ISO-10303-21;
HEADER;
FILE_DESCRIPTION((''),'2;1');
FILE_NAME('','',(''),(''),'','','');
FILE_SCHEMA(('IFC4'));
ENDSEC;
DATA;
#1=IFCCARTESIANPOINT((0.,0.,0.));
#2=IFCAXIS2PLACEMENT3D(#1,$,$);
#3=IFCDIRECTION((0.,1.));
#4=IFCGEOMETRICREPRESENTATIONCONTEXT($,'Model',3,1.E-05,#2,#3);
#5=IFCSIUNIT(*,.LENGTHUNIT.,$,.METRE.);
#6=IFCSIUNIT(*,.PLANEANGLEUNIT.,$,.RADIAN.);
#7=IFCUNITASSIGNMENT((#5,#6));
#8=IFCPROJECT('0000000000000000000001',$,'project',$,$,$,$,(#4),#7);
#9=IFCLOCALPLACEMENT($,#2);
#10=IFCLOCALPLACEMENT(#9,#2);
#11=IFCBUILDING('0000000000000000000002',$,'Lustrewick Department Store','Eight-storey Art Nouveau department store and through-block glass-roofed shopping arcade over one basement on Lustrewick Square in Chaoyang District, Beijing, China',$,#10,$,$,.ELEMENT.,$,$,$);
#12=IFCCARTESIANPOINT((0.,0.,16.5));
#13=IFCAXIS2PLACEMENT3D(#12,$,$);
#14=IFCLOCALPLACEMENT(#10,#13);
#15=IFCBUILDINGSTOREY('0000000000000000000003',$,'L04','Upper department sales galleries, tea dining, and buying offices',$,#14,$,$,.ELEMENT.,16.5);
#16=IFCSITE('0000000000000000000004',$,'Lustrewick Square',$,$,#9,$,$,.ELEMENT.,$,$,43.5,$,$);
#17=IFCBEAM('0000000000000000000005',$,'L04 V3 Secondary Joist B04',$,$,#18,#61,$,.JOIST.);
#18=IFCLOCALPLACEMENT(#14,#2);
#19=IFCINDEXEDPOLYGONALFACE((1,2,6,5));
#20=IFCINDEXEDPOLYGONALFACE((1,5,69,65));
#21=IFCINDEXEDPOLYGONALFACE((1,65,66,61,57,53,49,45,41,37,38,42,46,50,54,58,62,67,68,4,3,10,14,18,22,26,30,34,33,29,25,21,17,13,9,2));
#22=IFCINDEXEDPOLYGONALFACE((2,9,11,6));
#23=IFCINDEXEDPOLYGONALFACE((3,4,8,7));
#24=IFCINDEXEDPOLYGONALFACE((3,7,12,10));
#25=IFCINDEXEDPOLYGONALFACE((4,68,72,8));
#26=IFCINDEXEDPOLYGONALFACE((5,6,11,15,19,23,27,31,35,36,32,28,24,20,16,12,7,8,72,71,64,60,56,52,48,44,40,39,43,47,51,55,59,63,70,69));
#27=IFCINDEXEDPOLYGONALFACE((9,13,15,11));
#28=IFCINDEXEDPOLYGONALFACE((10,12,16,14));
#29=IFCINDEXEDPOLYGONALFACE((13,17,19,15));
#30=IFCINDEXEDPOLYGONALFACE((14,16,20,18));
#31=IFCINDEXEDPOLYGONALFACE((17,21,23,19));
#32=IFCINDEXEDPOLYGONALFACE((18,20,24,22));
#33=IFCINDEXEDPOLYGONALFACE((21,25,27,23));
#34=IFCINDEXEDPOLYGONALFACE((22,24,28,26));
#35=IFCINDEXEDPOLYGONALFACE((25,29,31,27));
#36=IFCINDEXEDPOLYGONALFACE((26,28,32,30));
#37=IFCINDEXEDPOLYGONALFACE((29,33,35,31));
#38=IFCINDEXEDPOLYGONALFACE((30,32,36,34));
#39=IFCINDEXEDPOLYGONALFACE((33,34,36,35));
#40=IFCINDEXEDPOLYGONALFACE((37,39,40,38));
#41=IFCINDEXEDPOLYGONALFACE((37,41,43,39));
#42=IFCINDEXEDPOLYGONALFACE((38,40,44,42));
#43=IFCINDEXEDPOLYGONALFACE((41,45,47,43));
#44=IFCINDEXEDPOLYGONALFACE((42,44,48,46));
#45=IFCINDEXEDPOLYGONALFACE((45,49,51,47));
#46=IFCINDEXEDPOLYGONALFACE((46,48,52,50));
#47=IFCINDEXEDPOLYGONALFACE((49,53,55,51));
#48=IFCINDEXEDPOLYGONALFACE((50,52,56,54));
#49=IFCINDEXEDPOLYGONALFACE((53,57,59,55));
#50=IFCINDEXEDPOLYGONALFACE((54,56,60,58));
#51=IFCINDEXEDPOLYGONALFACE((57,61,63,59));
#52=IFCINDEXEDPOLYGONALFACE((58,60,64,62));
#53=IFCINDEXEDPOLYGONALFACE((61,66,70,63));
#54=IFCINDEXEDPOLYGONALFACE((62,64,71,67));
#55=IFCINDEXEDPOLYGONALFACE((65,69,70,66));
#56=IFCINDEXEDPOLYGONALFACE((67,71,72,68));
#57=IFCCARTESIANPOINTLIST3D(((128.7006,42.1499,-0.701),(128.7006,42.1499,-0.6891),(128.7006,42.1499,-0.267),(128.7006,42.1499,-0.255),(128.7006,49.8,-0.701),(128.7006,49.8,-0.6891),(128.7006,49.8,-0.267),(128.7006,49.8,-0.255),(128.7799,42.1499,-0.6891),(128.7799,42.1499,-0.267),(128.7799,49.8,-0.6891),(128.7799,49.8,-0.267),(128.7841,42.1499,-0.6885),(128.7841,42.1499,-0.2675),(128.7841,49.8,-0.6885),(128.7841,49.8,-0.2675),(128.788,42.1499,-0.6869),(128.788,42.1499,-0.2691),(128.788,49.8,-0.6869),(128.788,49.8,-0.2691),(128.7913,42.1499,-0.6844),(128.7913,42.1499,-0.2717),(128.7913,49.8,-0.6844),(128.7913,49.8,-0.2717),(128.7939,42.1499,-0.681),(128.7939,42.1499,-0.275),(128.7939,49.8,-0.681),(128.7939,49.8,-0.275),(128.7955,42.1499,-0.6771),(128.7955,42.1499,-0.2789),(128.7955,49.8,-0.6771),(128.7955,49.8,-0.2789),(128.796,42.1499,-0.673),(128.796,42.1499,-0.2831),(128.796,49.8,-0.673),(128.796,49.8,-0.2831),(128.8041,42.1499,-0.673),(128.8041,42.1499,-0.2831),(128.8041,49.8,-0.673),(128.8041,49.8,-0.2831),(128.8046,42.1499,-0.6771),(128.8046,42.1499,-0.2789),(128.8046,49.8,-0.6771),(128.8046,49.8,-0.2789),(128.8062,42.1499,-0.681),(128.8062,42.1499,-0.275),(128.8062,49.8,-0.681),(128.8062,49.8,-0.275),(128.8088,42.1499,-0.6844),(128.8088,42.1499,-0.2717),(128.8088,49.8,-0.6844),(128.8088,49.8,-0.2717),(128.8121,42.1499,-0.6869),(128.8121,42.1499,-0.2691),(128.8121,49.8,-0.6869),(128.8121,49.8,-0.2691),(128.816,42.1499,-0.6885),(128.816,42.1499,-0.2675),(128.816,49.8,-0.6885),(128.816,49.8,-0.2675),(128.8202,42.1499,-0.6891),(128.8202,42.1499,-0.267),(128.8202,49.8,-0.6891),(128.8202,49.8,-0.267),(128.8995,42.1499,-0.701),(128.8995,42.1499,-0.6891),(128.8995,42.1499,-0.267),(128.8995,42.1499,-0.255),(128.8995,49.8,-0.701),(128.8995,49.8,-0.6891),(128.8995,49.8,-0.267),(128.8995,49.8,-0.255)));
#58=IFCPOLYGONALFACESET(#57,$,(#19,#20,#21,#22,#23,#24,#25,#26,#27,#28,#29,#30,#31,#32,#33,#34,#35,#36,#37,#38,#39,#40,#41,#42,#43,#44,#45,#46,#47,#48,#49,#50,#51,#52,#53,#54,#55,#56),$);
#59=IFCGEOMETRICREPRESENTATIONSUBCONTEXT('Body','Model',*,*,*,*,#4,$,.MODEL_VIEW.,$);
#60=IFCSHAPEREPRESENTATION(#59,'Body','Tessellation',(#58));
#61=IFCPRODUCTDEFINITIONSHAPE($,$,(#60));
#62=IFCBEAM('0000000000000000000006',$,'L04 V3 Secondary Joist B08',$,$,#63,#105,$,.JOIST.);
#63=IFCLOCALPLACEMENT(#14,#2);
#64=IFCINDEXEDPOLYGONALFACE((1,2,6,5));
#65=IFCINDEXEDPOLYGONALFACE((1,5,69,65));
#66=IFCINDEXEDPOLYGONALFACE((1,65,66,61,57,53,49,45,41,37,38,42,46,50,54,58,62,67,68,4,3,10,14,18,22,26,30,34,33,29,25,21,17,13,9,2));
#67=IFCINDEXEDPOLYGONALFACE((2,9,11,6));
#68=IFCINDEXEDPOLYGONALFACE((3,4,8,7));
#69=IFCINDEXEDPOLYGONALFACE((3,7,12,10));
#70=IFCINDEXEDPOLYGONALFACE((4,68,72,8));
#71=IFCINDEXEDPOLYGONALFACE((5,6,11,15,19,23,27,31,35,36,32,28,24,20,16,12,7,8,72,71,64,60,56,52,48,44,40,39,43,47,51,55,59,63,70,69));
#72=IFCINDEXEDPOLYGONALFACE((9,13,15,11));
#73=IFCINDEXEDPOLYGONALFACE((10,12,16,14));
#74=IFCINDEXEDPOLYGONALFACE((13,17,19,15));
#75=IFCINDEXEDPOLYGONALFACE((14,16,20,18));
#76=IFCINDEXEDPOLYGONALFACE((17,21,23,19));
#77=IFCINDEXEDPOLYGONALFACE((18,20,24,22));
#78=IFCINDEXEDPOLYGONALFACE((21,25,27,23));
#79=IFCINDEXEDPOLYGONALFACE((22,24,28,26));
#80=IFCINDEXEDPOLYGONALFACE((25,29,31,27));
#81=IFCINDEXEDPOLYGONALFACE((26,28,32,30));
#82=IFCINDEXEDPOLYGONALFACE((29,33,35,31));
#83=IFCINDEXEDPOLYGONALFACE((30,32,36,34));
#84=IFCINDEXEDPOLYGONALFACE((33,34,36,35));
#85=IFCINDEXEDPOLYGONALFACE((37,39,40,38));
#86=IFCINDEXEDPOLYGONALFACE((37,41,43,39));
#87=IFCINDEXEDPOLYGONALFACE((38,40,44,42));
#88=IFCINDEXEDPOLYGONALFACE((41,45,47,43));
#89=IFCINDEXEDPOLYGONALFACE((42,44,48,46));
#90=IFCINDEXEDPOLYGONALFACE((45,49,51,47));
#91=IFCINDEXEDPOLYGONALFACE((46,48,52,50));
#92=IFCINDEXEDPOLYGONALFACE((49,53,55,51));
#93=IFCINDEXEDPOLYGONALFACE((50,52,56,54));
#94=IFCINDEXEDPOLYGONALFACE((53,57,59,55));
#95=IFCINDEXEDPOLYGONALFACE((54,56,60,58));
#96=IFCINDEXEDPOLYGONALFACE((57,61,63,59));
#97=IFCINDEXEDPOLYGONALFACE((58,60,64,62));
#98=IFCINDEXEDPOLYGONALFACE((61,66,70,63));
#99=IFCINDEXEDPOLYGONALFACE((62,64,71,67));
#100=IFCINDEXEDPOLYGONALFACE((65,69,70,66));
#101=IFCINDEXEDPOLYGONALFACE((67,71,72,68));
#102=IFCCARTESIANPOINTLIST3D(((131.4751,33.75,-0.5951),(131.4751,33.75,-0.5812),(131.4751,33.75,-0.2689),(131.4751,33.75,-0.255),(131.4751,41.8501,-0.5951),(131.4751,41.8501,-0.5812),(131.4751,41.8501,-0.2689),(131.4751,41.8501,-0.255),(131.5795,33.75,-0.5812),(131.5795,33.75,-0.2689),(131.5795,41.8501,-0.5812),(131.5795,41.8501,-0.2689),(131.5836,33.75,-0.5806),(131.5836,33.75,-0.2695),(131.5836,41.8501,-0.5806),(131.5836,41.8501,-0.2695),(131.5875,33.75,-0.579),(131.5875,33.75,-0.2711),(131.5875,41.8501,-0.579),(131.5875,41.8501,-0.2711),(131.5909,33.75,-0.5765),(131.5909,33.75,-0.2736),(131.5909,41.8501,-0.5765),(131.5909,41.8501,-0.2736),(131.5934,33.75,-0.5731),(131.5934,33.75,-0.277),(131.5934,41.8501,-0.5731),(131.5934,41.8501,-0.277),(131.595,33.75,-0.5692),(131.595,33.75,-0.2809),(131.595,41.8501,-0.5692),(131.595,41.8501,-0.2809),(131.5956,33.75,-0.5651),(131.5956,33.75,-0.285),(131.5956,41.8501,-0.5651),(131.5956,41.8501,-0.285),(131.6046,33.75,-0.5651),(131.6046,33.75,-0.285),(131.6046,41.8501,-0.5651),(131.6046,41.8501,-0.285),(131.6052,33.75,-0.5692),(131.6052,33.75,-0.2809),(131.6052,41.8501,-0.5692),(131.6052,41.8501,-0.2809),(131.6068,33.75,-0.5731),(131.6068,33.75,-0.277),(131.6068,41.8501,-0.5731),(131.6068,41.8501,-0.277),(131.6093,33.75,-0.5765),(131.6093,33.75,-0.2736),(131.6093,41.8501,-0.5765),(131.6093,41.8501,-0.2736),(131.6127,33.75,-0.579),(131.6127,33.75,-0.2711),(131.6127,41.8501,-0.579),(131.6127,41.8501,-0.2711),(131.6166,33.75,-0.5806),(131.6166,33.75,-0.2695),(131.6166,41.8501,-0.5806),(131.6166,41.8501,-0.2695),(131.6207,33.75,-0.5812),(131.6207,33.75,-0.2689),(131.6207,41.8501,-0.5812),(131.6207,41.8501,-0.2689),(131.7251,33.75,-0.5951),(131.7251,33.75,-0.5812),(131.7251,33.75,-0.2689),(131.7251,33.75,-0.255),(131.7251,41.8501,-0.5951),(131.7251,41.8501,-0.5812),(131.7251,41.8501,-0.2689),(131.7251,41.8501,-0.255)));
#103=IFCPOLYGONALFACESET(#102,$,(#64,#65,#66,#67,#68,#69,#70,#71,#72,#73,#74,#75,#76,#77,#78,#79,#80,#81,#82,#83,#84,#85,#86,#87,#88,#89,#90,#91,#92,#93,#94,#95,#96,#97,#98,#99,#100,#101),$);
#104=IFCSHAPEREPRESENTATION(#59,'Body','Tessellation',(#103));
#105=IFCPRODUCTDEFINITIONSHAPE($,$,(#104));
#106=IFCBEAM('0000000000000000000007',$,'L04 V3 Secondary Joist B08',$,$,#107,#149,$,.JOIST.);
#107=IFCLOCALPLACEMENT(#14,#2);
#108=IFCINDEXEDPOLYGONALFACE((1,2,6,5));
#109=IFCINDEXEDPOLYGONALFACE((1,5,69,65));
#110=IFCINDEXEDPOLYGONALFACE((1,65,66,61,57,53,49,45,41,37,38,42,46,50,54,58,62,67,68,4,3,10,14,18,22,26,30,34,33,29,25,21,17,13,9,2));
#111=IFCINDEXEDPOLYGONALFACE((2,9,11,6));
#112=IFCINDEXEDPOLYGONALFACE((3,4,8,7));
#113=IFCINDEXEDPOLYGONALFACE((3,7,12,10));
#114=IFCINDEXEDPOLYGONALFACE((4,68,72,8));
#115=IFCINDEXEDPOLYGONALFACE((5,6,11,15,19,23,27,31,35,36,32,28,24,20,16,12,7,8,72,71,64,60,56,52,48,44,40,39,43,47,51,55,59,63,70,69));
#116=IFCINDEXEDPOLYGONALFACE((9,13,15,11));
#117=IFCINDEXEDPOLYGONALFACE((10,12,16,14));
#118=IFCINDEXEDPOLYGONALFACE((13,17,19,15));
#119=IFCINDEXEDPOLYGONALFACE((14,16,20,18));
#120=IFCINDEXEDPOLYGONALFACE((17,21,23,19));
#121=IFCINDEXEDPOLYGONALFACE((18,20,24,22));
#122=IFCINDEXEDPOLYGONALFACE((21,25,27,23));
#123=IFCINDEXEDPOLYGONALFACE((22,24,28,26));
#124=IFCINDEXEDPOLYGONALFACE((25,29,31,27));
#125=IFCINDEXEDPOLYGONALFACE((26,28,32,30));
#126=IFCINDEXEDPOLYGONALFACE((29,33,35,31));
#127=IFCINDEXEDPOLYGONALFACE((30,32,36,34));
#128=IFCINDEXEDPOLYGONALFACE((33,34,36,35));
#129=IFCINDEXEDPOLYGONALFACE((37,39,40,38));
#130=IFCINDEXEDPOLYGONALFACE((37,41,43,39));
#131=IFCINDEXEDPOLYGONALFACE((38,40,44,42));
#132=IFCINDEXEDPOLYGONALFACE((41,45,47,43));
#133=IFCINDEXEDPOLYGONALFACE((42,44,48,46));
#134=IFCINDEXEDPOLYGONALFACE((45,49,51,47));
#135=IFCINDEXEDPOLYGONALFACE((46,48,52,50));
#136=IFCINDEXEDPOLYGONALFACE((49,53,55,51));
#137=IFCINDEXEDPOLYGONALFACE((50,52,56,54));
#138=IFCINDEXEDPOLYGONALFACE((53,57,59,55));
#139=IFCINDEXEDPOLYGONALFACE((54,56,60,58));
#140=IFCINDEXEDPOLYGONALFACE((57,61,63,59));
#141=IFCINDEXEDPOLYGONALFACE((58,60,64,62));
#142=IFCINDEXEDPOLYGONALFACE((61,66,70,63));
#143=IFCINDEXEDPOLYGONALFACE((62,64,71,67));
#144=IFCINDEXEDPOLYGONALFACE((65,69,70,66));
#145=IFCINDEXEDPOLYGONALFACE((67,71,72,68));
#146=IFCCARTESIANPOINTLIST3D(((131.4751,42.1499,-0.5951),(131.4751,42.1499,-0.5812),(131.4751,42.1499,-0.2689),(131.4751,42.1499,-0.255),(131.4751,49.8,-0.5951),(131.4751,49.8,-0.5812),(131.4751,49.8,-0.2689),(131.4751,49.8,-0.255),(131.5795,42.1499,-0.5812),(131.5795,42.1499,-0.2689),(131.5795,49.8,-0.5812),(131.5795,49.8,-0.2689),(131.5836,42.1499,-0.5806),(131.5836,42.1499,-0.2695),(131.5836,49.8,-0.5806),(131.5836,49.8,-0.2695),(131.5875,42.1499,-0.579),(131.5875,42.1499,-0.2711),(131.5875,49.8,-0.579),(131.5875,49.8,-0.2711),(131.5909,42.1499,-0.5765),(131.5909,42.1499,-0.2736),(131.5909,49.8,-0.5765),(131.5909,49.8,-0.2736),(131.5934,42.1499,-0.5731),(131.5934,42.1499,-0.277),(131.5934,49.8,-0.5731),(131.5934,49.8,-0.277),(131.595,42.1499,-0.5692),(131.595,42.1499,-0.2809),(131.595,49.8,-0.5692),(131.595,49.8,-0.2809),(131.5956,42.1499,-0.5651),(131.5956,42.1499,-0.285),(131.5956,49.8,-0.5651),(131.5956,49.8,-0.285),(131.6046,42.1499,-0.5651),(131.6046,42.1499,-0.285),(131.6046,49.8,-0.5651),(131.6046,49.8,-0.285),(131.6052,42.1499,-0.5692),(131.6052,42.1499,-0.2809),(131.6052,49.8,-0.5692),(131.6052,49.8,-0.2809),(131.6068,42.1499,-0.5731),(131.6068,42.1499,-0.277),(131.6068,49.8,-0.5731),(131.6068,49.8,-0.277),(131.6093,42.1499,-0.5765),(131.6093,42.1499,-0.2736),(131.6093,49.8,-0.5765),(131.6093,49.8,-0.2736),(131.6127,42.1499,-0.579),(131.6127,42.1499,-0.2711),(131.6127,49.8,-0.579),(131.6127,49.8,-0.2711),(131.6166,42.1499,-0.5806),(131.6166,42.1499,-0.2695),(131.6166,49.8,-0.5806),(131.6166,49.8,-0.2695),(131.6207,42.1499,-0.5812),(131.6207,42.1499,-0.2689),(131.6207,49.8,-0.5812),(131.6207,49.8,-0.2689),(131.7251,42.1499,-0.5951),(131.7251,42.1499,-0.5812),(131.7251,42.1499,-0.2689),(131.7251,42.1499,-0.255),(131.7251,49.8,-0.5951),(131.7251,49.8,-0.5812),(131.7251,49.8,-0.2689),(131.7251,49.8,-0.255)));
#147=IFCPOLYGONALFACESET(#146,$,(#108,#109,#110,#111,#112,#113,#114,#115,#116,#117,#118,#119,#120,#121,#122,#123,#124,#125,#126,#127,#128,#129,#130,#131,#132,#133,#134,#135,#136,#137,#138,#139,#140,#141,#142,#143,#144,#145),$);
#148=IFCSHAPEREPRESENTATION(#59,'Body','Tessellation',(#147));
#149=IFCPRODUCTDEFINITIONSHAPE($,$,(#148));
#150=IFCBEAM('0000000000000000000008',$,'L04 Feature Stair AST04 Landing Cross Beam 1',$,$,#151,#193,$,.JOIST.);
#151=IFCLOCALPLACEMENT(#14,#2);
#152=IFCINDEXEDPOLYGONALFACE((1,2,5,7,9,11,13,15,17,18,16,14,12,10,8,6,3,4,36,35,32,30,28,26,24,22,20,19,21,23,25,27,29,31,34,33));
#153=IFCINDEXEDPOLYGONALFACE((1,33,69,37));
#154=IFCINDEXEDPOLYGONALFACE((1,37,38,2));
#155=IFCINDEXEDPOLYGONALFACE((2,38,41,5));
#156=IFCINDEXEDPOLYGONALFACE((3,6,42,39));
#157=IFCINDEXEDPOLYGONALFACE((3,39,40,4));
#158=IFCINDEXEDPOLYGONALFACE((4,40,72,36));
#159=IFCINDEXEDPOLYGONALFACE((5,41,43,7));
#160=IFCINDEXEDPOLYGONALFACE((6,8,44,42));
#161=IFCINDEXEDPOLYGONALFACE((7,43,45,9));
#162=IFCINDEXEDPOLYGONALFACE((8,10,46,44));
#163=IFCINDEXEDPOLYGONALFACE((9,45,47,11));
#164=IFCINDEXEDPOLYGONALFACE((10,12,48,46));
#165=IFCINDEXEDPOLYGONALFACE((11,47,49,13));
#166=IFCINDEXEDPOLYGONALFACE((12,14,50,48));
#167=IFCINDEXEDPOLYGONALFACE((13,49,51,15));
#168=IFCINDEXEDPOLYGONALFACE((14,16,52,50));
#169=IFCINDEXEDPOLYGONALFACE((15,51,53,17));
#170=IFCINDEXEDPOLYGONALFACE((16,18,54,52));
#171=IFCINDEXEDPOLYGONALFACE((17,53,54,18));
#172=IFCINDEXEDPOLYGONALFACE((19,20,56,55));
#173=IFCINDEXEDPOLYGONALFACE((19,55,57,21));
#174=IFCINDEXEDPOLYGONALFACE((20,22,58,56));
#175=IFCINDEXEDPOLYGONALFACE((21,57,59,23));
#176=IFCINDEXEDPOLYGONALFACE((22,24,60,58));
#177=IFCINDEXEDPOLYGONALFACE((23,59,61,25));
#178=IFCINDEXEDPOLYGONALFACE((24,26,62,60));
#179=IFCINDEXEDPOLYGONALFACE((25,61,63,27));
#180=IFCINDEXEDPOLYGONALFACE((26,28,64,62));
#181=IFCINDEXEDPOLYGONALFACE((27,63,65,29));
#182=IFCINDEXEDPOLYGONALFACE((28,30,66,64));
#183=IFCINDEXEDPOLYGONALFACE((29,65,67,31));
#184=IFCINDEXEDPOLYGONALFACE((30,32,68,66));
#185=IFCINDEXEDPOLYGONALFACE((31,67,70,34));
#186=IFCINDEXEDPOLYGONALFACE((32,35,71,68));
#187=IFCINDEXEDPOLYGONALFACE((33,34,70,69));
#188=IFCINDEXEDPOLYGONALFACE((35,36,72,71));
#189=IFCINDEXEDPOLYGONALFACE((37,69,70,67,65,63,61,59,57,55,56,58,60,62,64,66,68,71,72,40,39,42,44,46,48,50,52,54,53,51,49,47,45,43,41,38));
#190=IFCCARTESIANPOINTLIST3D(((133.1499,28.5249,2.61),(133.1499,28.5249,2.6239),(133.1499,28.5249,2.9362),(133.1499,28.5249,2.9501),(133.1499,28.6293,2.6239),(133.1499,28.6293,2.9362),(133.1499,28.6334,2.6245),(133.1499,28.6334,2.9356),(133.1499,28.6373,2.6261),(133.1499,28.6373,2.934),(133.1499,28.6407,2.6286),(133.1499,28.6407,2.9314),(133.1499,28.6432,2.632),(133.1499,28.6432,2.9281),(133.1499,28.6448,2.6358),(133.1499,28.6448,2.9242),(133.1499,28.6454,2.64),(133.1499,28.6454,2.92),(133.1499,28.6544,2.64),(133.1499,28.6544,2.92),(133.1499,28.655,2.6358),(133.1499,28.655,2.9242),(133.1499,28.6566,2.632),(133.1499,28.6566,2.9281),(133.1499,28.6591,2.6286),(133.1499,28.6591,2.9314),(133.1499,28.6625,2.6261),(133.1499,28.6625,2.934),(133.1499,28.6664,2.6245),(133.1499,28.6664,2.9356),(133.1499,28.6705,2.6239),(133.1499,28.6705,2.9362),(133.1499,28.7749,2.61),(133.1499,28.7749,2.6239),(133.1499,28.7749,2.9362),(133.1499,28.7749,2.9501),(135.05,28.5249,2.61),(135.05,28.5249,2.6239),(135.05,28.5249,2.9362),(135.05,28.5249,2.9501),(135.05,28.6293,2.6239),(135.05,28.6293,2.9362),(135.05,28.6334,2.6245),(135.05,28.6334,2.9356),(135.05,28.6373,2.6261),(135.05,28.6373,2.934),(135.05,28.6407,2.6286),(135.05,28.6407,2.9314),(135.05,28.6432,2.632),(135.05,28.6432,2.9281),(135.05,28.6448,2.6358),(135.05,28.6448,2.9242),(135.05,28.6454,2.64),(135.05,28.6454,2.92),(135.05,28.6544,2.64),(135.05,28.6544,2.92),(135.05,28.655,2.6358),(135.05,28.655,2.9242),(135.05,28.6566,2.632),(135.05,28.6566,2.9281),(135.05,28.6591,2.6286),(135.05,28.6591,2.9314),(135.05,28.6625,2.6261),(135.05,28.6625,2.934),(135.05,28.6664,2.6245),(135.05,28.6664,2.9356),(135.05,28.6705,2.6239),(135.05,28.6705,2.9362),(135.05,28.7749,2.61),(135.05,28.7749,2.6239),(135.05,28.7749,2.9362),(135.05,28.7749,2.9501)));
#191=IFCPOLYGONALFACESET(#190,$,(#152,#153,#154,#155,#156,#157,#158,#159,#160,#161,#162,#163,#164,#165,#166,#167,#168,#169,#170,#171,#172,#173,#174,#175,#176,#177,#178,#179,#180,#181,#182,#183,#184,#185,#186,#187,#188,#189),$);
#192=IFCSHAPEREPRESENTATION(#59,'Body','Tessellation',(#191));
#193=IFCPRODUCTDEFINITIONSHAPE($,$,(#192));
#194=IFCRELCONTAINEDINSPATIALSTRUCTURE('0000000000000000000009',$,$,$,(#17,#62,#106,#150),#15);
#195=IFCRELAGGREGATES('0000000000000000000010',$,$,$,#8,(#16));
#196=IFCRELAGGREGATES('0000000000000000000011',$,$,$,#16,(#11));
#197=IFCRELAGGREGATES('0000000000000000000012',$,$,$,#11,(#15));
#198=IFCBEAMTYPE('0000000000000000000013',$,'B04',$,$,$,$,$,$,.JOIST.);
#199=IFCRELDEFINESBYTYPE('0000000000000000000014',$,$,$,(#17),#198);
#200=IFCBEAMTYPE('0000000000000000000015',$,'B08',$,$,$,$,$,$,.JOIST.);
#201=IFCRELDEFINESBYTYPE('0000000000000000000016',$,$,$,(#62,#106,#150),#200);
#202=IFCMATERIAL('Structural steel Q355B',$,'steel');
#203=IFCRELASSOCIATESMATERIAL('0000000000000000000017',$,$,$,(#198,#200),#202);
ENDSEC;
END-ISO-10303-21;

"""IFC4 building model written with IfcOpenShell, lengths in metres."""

from ifc_helpers import new_model, si_unit, direction, frame, origin, origin_2d, place, context, subcontext, project, spatial, i_section, extrude, material, material_profile, profile_set, type_object, element, save


model = new_model("IFC4")

# Units and contexts
model_context = context("Model", 3, precision=1e-05, world=origin(), true_north=direction((0.0, 1.0)))
body_context = subcontext(model_context, "Body", "Model", "MODEL_VIEW")
ifc_project = project(units=[si_unit("LENGTHUNIT", "METRE"), si_unit("PLANEANGLEUNIT", "RADIAN")], contexts=[model_context])

# Site, building, storey
site_placement = place(None, origin())
site = spatial("IfcSite", under=ifc_project, at=site_placement, Name="Lustrewick Square", CompositionType="ELEMENT", RefElevation=43.5)
building_placement = place(site_placement, origin())
building = spatial("IfcBuilding", under=site, at=building_placement, Name="Lustrewick Department Store", Description="Eight-storey Art Nouveau department store and through-block glass-roofed shopping arcade over one basement on Lustrewick Square in Chaoyang District, Beijing, China", CompositionType="ELEMENT")
storey_placement = place(building_placement, frame((0.0, 0.0, 16.5)))
storey = spatial("IfcBuildingStorey", under=building, at=storey_placement, Name="L04", Description="Upper department sales galleries, tea dining, and buying offices", CompositionType="ELEMENT", Elevation=16.5)

# Shared definitions
ifc_material_1 = material(Name="Structural steel Q355B", Category="steel")

# Beams
ifc_material_profile_1 = material_profile(ifc_material_1, i_section(OverallWidth=0.199, OverallDepth=0.446, WebThickness=0.0081, FlangeThickness=0.012, FilletRadius=0.0161, at=origin_2d()), Name="HN 446x199x8x12")
ifc_profile_set_1 = profile_set([ifc_material_profile_1], Name="Structural steel Q355B")
beam_type_1 = type_object("IfcBeamType", Name="B04", PredefinedType="JOIST", material=ifc_profile_set_1)
beam_1_placement = place(storey_placement, frame((128.8, 42.1499, -0.478), z_axis=(0.0, 1.0, 0.0), x_axis=(-1.0, 0.0, 0.0)))
element("IfcBeam", 1, at=beam_1_placement, inside=storey, type_object=beam_type_1, Name="L04 V3 Secondary Joist B04", PredefinedType="JOIST", context=body_context, shape_type="SweptSolid", body=[
    extrude(i_section(OverallWidth=0.199, OverallDepth=0.446, WebThickness=0.0081, FlangeThickness=0.012, FilletRadius=0.0161, at=origin_2d()), origin(), (0.0, 0.0, 1.0), 7.6501),
])
ifc_material_profile_2 = material_profile(ifc_material_1, i_section(OverallWidth=0.25, OverallDepth=0.3401, WebThickness=0.009, FlangeThickness=0.0139, FilletRadius=0.0161, at=origin_2d()), Name="HM 340x250x9x14")
ifc_profile_set_2 = profile_set([ifc_material_profile_2], Name="Structural steel Q355B")
beam_type_2 = type_object("IfcBeamType", Name="B08", PredefinedType="JOIST", material=ifc_profile_set_2)
beam_2_placement = place(storey_placement, frame((131.6001, 33.75, -0.425), z_axis=(0.0, 1.0, 0.0), x_axis=(-1.0, 0.0, 0.0)))
element("IfcBeam", 2, at=beam_2_placement, inside=storey, type_object=beam_type_2, Name="L04 V3 Secondary Joist B08", PredefinedType="JOIST", context=body_context, shape_type="SweptSolid", body=[
    extrude(i_section(OverallWidth=0.25, OverallDepth=0.3401, WebThickness=0.009, FlangeThickness=0.0139, FilletRadius=0.0161, at=origin_2d()), origin(), (0.0, 0.0, 1.0), 8.1001),
])
beam_3_placement = place(storey_placement, frame((131.6001, 42.1499, -0.425), z_axis=(0.0, 1.0, 0.0), x_axis=(-1.0, 0.0, 0.0)))
element("IfcBeam", 3, at=beam_3_placement, inside=storey, type_object=beam_type_2, Name="L04 V3 Secondary Joist B08", PredefinedType="JOIST", context=body_context, shape_type="SweptSolid", body=[
    extrude(i_section(OverallWidth=0.25, OverallDepth=0.3401, WebThickness=0.009, FlangeThickness=0.0139, FilletRadius=0.0161, at=origin_2d()), origin(), (0.0, 0.0, 1.0), 7.6501),
])
for number, where, z_axis, x_axis, name in (
    (4, (133.1499, 28.6499, 2.78), (1.0, 0.0, 0.0), (0.0, 1.0, 0.0), "L04 Feature Stair AST04 Landing Cross Beam 1"),
):
    element("IfcBeam", number, at=place(storey_placement, frame(where, z_axis=z_axis, x_axis=x_axis)), inside=storey, type_object=beam_type_2, Name=name, PredefinedType="JOIST", context=body_context, shape_type="SweptSolid", body=[
        extrude(i_section(OverallWidth=0.25, OverallDepth=0.3401, WebThickness=0.009, FlangeThickness=0.0139, FilletRadius=0.0161, at=origin_2d()), origin(), (0.0, 0.0, 1.0), 1.9001),
    ])

save(model, "model.ifc")
